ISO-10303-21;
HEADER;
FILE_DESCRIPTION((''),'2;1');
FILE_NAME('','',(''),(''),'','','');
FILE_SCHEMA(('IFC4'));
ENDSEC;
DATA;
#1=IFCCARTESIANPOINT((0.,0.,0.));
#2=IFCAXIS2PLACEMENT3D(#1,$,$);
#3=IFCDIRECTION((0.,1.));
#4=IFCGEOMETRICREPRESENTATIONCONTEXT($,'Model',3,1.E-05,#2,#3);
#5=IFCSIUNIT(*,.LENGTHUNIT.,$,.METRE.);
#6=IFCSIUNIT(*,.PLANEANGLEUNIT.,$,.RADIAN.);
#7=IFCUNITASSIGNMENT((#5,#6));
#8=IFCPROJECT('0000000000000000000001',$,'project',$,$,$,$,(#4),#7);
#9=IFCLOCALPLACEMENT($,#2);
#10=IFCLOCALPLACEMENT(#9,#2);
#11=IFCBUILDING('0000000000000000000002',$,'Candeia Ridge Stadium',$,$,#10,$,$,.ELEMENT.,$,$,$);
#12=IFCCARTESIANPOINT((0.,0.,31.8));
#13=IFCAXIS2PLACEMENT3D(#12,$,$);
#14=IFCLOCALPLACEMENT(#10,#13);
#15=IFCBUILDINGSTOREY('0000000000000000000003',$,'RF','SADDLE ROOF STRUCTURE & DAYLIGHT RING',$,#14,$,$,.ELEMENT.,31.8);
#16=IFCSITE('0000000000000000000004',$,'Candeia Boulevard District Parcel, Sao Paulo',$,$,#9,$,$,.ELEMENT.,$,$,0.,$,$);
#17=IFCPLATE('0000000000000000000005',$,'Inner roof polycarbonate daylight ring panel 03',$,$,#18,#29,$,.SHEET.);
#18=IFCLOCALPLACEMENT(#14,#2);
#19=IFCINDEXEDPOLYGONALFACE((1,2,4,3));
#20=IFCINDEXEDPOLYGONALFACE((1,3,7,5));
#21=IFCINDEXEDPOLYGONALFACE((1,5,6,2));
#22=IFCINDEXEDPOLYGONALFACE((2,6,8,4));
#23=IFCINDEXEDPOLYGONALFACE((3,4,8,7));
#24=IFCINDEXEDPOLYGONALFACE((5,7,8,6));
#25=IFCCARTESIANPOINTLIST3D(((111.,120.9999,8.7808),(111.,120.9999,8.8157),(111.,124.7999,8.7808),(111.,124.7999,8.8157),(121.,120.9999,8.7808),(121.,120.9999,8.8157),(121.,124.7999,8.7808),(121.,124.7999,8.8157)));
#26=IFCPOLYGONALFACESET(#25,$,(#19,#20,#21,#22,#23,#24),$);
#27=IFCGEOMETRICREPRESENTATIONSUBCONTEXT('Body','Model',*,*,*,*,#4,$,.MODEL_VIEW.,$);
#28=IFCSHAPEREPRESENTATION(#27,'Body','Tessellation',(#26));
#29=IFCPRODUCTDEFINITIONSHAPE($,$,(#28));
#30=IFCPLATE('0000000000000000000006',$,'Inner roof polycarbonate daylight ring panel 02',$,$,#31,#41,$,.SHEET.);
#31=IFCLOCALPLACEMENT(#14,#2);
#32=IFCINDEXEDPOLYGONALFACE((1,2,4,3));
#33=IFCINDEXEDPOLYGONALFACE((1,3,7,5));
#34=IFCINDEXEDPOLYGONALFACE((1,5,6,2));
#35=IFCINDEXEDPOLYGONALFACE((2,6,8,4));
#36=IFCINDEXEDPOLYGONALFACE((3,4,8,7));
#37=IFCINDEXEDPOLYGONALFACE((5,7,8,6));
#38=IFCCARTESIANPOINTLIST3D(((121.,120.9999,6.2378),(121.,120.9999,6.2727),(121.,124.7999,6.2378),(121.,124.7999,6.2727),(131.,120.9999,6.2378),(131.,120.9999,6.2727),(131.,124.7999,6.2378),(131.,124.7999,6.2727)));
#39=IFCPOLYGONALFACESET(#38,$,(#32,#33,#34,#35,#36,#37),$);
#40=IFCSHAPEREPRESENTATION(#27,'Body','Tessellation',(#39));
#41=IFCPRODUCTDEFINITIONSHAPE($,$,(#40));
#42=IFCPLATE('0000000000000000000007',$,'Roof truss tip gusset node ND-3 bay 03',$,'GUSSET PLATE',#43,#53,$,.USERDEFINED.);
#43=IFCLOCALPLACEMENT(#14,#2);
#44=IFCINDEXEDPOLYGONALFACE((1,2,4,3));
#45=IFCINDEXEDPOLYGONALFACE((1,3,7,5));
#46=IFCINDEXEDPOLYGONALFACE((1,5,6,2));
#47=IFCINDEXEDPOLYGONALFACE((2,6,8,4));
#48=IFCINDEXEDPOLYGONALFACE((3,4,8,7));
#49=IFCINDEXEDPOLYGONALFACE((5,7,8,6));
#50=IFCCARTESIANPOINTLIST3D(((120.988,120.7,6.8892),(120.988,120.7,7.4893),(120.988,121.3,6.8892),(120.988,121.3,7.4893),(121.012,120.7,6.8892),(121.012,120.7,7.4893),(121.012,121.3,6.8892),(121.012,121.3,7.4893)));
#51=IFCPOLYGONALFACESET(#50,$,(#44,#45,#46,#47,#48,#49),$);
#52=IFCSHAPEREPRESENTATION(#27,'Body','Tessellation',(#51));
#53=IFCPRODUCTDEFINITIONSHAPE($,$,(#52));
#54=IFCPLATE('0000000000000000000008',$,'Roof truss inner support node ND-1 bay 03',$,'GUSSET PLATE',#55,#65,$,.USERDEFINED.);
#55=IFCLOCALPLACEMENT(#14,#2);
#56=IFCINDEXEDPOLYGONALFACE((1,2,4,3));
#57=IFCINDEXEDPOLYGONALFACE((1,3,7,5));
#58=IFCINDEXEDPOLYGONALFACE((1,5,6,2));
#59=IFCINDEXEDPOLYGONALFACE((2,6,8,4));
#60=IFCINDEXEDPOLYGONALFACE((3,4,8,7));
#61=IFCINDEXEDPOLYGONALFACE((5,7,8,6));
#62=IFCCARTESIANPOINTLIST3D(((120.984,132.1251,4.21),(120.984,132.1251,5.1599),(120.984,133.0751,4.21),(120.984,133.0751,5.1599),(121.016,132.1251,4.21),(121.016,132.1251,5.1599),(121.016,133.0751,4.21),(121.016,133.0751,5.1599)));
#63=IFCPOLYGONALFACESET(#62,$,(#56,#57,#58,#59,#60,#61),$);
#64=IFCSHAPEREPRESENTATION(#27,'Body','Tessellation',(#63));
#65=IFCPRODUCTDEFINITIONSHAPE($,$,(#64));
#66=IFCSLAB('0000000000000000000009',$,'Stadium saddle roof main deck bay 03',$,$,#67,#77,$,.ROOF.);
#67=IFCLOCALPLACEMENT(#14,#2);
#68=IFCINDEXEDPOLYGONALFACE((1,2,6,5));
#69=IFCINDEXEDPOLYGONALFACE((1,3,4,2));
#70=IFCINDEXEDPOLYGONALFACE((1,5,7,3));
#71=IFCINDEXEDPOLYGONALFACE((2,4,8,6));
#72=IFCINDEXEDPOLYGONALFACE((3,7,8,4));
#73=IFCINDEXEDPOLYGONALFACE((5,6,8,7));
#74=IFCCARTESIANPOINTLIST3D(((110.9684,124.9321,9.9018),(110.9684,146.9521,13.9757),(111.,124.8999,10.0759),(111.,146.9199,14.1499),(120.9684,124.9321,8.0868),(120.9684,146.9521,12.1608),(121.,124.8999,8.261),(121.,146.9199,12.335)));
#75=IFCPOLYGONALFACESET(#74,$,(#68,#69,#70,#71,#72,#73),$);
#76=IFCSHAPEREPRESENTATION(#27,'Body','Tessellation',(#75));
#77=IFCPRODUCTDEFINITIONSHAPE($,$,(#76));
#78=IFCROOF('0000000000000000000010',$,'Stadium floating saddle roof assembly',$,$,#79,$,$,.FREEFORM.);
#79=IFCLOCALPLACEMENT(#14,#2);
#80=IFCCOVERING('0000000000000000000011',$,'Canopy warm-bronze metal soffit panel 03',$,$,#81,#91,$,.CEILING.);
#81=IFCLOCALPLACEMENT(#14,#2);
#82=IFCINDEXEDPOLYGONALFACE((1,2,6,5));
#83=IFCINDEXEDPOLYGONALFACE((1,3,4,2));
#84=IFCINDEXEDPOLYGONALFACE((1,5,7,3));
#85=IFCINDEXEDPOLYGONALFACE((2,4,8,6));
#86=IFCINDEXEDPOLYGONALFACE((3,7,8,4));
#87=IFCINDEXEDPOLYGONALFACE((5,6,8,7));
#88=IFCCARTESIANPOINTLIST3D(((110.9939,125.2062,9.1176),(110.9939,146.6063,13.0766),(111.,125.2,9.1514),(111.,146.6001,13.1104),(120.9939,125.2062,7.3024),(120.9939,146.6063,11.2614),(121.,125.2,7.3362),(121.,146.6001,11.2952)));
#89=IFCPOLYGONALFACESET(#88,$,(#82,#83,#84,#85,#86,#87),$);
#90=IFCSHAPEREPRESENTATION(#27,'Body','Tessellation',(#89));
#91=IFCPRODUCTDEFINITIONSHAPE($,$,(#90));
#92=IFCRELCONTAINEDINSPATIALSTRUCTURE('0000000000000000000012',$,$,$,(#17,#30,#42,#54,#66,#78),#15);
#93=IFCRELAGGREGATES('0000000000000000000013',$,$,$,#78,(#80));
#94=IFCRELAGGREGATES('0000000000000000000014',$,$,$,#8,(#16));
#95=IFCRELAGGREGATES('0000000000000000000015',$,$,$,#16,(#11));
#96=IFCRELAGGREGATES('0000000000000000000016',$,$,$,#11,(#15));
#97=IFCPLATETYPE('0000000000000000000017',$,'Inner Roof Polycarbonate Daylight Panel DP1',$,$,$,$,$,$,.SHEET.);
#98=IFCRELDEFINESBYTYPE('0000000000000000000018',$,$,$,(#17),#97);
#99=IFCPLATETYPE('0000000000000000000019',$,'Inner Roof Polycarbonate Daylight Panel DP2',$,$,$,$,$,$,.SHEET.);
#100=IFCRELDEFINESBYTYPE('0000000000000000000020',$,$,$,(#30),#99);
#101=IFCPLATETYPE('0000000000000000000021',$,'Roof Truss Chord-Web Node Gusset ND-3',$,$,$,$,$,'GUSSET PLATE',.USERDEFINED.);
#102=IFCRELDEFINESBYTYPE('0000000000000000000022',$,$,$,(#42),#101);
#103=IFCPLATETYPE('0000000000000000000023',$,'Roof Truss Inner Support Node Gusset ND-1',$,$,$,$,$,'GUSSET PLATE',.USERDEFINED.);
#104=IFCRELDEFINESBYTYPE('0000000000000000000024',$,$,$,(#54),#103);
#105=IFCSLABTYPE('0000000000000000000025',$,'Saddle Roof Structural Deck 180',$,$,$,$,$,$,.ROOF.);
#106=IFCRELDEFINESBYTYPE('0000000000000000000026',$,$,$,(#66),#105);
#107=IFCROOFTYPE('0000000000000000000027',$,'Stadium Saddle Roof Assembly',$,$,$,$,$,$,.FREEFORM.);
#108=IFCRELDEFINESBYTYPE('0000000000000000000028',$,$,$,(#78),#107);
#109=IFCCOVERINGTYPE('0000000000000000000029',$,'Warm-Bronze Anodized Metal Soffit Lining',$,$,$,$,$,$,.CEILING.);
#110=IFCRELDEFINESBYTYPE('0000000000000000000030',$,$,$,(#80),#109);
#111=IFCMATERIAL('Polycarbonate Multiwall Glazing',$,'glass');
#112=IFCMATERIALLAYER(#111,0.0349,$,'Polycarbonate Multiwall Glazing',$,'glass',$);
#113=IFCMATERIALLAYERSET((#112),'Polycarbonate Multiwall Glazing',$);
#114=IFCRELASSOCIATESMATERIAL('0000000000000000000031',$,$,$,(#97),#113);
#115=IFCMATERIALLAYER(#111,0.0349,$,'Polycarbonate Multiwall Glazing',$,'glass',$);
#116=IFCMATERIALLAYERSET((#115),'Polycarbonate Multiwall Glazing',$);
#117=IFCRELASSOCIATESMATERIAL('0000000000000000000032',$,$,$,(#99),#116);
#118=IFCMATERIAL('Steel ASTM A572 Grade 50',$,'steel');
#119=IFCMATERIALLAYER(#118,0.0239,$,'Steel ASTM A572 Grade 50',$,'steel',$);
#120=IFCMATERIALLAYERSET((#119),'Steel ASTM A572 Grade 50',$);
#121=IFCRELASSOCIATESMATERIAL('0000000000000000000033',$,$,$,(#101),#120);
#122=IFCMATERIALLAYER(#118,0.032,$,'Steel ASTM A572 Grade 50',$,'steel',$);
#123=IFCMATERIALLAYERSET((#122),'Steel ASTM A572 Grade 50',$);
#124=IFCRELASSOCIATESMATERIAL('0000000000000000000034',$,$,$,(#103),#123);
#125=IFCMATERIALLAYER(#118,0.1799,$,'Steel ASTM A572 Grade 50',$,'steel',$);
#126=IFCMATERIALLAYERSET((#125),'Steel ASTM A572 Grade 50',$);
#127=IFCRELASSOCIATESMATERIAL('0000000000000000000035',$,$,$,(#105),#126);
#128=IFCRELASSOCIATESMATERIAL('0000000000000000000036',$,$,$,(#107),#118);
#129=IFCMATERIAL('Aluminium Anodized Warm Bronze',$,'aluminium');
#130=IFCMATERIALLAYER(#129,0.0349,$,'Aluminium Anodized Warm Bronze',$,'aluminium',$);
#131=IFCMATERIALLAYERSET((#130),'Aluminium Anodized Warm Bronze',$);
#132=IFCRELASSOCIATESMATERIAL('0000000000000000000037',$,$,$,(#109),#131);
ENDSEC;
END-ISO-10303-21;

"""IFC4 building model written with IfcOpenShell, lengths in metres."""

from ifc_helpers import new_model, si_unit, direction, frame, origin, origin_2d, place, context, subcontext, project, spatial, polyline, rectangle, outline, extrude, material, layer, layer_set, type_object, element, aggregate, save


model = new_model("IFC4")

# Units and contexts
model_context = context("Model", 3, precision=1e-05, world=origin(), true_north=direction((0.0, 1.0)))
body_context = subcontext(model_context, "Body", "Model", "MODEL_VIEW")
ifc_project = project(units=[si_unit("LENGTHUNIT", "METRE"), si_unit("PLANEANGLEUNIT", "RADIAN")], contexts=[model_context])

# Site, building, storey
site_placement = place(None, origin())
site = spatial("IfcSite", under=ifc_project, at=site_placement, Name="Candeia Boulevard District Parcel, Sao Paulo", CompositionType="ELEMENT", RefElevation=0.0)
building_placement = place(site_placement, origin())
building = spatial("IfcBuilding", under=site, at=building_placement, Name="Candeia Ridge Stadium", CompositionType="ELEMENT")
storey_placement = place(building_placement, frame((0.0, 0.0, 31.8)))
storey = spatial("IfcBuildingStorey", under=building, at=storey_placement, Name="RF", Description="SADDLE ROOF STRUCTURE & DAYLIGHT RING", CompositionType="ELEMENT", Elevation=31.8)

# Shared definitions
ifc_material_1 = material(Name="Steel ASTM A572 Grade 50", Category="steel")

# Plates
ifc_material_2 = material(Name="Polycarbonate Multiwall Glazing", Category="glass")
ifc_layer_1 = layer(ifc_material_2, 0.0349, Name="Polycarbonate Multiwall Glazing", Category="glass")
ifc_layer_set_1 = layer_set([ifc_layer_1], Name="Polycarbonate Multiwall Glazing")
plate_type_1 = type_object("IfcPlateType", Name="Inner Roof Polycarbonate Daylight Panel DP1", PredefinedType="SHEET", material=ifc_layer_set_1)
plate_1_placement = place(storey_placement, frame((116.0, 122.8999, 8.7808), z_axis=(0.0, 0.0, 1.0), x_axis=(-1.0, 0.0, 0.0)))
element("IfcPlate", 1, at=plate_1_placement, inside=storey, type_object=plate_type_1, Name="Inner roof polycarbonate daylight ring panel 03", PredefinedType="SHEET", context=body_context, shape_type="SweptSolid", body=[
    extrude(rectangle(XDim=10.0, YDim=3.8, at=origin_2d()), origin(), (0.0, 0.0, 1.0), 0.0349),
])
ifc_layer_2 = layer(ifc_material_2, 0.0349, Name="Polycarbonate Multiwall Glazing", Category="glass")
ifc_layer_set_2 = layer_set([ifc_layer_2], Name="Polycarbonate Multiwall Glazing")
plate_type_2 = type_object("IfcPlateType", Name="Inner Roof Polycarbonate Daylight Panel DP2", PredefinedType="SHEET", material=ifc_layer_set_2)
plate_2_placement = place(storey_placement, frame((126.0, 122.8999, 6.2378), z_axis=(0.0, 0.0, 1.0), x_axis=(-1.0, 0.0, 0.0)))
element("IfcPlate", 2, at=plate_2_placement, inside=storey, type_object=plate_type_2, Name="Inner roof polycarbonate daylight ring panel 02", PredefinedType="SHEET", context=body_context, shape_type="SweptSolid", body=[
    extrude(rectangle(XDim=10.0, YDim=3.8, at=origin_2d()), origin(), (0.0, 0.0, 1.0), 0.0349),
])
ifc_layer_3 = layer(ifc_material_1, 0.0239, Name="Steel ASTM A572 Grade 50", Category="steel")
ifc_layer_set_3 = layer_set([ifc_layer_3], Name="Steel ASTM A572 Grade 50")
plate_type_3 = type_object("IfcPlateType", Name="Roof Truss Chord-Web Node Gusset ND-3", ElementType="GUSSET PLATE", PredefinedType="USERDEFINED", material=ifc_layer_set_3)
plate_3_placement = place(storey_placement, frame((121.0, 121.0, 6.8892), z_axis=(0.0, 0.0, 1.0), x_axis=(0.0, 1.0, 0.0)))
element("IfcPlate", 3, at=plate_3_placement, inside=storey, type_object=plate_type_3, Name="Roof truss tip gusset node ND-3 bay 03", ObjectType="GUSSET PLATE", PredefinedType="USERDEFINED", context=body_context, shape_type="SweptSolid", body=[
    extrude(rectangle(XDim=0.6001, YDim=0.0239, at=origin_2d()), origin(), (0.0, 0.0, 1.0), 0.6001),
])
ifc_layer_4 = layer(ifc_material_1, 0.032, Name="Steel ASTM A572 Grade 50", Category="steel")
ifc_layer_set_4 = layer_set([ifc_layer_4], Name="Steel ASTM A572 Grade 50")
plate_type_4 = type_object("IfcPlateType", Name="Roof Truss Inner Support Node Gusset ND-1", ElementType="GUSSET PLATE", PredefinedType="USERDEFINED", material=ifc_layer_set_4)
plate_4_placement = place(storey_placement, frame((121.0, 132.6001, 4.21), z_axis=(0.0, 0.0, 1.0), x_axis=(0.0, 1.0, 0.0)))
element("IfcPlate", 4, at=plate_4_placement, inside=storey, type_object=plate_type_4, Name="Roof truss inner support node ND-1 bay 03", ObjectType="GUSSET PLATE", PredefinedType="USERDEFINED", context=body_context, shape_type="SweptSolid", body=[
    extrude(rectangle(XDim=0.95, YDim=0.032, at=origin_2d()), origin(), (0.0, 0.0, 1.0), 0.95),
])

# Slab
ifc_layer_5 = layer(ifc_material_1, 0.1799, Name="Steel ASTM A572 Grade 50", Category="steel")
ifc_layer_set_5 = layer_set([ifc_layer_5], Name="Steel ASTM A572 Grade 50")
slab_type = type_object("IfcSlabType", Name="Saddle Roof Structural Deck 180", PredefinedType="ROOF", material=ifc_layer_set_5)
slab_placement = place(storey_placement, frame((121.0, 124.8999, 8.261), z_axis=(0.17569, -0.179095, 0.968018), x_axis=(-0.983926, 0.0, 0.178577)))
element("IfcSlab", 5, at=slab_placement, inside=storey, type_object=slab_type, Name="Stadium saddle roof main deck bay 03", PredefinedType="ROOF", context=body_context, shape_type="SweptSolid", body=[
    extrude(outline(polyline([(0.0, 0.0), (10.1634, 0.0), (10.8909, -22.3819), (0.7275, -22.3819), (0.0, 0.0)])), origin(), (0.0, 0.0, -1.0), 0.1799),
])

# Roof, covering
roof_type = type_object("IfcRoofType", Name="Stadium Saddle Roof Assembly", PredefinedType="FREEFORM", material=ifc_material_1)
roof_placement = place(storey_placement, origin())
roof = element("IfcRoof", 6, at=roof_placement, inside=storey, type_object=roof_type, Name="Stadium floating saddle roof assembly", PredefinedType="FREEFORM")
ifc_material_3 = material(Name="Aluminium Anodized Warm Bronze", Category="aluminium")
ifc_layer_6 = layer(ifc_material_3, 0.0349, Name="Aluminium Anodized Warm Bronze", Category="aluminium")
ifc_layer_set_6 = layer_set([ifc_layer_6], Name="Aluminium Anodized Warm Bronze")
covering_type = type_object("IfcCoveringType", Name="Warm-Bronze Anodized Metal Soffit Lining", PredefinedType="CEILING", material=ifc_layer_set_6)
covering_placement = place(storey_placement, frame((121.0, 125.2, 7.3362), z_axis=(0.175713, -0.179081, 0.968016), x_axis=(-0.983922, 0.0, 0.1786)))
covering = element("IfcCovering", 7, at=covering_placement, type_object=covering_type, Name="Canopy warm-bronze metal soffit panel 03", PredefinedType="CEILING", context=body_context, shape_type="SweptSolid", body=[
    extrude(outline(polyline([(0.0, 0.0), (10.1634, 0.0), (10.8705, -21.7518), (0.7071, -21.7518), (0.0, 0.0)])), origin(), (0.0, 0.0, -1.0), 0.0349),
])
aggregate(roof, [covering])

save(model, "model.ifc")
